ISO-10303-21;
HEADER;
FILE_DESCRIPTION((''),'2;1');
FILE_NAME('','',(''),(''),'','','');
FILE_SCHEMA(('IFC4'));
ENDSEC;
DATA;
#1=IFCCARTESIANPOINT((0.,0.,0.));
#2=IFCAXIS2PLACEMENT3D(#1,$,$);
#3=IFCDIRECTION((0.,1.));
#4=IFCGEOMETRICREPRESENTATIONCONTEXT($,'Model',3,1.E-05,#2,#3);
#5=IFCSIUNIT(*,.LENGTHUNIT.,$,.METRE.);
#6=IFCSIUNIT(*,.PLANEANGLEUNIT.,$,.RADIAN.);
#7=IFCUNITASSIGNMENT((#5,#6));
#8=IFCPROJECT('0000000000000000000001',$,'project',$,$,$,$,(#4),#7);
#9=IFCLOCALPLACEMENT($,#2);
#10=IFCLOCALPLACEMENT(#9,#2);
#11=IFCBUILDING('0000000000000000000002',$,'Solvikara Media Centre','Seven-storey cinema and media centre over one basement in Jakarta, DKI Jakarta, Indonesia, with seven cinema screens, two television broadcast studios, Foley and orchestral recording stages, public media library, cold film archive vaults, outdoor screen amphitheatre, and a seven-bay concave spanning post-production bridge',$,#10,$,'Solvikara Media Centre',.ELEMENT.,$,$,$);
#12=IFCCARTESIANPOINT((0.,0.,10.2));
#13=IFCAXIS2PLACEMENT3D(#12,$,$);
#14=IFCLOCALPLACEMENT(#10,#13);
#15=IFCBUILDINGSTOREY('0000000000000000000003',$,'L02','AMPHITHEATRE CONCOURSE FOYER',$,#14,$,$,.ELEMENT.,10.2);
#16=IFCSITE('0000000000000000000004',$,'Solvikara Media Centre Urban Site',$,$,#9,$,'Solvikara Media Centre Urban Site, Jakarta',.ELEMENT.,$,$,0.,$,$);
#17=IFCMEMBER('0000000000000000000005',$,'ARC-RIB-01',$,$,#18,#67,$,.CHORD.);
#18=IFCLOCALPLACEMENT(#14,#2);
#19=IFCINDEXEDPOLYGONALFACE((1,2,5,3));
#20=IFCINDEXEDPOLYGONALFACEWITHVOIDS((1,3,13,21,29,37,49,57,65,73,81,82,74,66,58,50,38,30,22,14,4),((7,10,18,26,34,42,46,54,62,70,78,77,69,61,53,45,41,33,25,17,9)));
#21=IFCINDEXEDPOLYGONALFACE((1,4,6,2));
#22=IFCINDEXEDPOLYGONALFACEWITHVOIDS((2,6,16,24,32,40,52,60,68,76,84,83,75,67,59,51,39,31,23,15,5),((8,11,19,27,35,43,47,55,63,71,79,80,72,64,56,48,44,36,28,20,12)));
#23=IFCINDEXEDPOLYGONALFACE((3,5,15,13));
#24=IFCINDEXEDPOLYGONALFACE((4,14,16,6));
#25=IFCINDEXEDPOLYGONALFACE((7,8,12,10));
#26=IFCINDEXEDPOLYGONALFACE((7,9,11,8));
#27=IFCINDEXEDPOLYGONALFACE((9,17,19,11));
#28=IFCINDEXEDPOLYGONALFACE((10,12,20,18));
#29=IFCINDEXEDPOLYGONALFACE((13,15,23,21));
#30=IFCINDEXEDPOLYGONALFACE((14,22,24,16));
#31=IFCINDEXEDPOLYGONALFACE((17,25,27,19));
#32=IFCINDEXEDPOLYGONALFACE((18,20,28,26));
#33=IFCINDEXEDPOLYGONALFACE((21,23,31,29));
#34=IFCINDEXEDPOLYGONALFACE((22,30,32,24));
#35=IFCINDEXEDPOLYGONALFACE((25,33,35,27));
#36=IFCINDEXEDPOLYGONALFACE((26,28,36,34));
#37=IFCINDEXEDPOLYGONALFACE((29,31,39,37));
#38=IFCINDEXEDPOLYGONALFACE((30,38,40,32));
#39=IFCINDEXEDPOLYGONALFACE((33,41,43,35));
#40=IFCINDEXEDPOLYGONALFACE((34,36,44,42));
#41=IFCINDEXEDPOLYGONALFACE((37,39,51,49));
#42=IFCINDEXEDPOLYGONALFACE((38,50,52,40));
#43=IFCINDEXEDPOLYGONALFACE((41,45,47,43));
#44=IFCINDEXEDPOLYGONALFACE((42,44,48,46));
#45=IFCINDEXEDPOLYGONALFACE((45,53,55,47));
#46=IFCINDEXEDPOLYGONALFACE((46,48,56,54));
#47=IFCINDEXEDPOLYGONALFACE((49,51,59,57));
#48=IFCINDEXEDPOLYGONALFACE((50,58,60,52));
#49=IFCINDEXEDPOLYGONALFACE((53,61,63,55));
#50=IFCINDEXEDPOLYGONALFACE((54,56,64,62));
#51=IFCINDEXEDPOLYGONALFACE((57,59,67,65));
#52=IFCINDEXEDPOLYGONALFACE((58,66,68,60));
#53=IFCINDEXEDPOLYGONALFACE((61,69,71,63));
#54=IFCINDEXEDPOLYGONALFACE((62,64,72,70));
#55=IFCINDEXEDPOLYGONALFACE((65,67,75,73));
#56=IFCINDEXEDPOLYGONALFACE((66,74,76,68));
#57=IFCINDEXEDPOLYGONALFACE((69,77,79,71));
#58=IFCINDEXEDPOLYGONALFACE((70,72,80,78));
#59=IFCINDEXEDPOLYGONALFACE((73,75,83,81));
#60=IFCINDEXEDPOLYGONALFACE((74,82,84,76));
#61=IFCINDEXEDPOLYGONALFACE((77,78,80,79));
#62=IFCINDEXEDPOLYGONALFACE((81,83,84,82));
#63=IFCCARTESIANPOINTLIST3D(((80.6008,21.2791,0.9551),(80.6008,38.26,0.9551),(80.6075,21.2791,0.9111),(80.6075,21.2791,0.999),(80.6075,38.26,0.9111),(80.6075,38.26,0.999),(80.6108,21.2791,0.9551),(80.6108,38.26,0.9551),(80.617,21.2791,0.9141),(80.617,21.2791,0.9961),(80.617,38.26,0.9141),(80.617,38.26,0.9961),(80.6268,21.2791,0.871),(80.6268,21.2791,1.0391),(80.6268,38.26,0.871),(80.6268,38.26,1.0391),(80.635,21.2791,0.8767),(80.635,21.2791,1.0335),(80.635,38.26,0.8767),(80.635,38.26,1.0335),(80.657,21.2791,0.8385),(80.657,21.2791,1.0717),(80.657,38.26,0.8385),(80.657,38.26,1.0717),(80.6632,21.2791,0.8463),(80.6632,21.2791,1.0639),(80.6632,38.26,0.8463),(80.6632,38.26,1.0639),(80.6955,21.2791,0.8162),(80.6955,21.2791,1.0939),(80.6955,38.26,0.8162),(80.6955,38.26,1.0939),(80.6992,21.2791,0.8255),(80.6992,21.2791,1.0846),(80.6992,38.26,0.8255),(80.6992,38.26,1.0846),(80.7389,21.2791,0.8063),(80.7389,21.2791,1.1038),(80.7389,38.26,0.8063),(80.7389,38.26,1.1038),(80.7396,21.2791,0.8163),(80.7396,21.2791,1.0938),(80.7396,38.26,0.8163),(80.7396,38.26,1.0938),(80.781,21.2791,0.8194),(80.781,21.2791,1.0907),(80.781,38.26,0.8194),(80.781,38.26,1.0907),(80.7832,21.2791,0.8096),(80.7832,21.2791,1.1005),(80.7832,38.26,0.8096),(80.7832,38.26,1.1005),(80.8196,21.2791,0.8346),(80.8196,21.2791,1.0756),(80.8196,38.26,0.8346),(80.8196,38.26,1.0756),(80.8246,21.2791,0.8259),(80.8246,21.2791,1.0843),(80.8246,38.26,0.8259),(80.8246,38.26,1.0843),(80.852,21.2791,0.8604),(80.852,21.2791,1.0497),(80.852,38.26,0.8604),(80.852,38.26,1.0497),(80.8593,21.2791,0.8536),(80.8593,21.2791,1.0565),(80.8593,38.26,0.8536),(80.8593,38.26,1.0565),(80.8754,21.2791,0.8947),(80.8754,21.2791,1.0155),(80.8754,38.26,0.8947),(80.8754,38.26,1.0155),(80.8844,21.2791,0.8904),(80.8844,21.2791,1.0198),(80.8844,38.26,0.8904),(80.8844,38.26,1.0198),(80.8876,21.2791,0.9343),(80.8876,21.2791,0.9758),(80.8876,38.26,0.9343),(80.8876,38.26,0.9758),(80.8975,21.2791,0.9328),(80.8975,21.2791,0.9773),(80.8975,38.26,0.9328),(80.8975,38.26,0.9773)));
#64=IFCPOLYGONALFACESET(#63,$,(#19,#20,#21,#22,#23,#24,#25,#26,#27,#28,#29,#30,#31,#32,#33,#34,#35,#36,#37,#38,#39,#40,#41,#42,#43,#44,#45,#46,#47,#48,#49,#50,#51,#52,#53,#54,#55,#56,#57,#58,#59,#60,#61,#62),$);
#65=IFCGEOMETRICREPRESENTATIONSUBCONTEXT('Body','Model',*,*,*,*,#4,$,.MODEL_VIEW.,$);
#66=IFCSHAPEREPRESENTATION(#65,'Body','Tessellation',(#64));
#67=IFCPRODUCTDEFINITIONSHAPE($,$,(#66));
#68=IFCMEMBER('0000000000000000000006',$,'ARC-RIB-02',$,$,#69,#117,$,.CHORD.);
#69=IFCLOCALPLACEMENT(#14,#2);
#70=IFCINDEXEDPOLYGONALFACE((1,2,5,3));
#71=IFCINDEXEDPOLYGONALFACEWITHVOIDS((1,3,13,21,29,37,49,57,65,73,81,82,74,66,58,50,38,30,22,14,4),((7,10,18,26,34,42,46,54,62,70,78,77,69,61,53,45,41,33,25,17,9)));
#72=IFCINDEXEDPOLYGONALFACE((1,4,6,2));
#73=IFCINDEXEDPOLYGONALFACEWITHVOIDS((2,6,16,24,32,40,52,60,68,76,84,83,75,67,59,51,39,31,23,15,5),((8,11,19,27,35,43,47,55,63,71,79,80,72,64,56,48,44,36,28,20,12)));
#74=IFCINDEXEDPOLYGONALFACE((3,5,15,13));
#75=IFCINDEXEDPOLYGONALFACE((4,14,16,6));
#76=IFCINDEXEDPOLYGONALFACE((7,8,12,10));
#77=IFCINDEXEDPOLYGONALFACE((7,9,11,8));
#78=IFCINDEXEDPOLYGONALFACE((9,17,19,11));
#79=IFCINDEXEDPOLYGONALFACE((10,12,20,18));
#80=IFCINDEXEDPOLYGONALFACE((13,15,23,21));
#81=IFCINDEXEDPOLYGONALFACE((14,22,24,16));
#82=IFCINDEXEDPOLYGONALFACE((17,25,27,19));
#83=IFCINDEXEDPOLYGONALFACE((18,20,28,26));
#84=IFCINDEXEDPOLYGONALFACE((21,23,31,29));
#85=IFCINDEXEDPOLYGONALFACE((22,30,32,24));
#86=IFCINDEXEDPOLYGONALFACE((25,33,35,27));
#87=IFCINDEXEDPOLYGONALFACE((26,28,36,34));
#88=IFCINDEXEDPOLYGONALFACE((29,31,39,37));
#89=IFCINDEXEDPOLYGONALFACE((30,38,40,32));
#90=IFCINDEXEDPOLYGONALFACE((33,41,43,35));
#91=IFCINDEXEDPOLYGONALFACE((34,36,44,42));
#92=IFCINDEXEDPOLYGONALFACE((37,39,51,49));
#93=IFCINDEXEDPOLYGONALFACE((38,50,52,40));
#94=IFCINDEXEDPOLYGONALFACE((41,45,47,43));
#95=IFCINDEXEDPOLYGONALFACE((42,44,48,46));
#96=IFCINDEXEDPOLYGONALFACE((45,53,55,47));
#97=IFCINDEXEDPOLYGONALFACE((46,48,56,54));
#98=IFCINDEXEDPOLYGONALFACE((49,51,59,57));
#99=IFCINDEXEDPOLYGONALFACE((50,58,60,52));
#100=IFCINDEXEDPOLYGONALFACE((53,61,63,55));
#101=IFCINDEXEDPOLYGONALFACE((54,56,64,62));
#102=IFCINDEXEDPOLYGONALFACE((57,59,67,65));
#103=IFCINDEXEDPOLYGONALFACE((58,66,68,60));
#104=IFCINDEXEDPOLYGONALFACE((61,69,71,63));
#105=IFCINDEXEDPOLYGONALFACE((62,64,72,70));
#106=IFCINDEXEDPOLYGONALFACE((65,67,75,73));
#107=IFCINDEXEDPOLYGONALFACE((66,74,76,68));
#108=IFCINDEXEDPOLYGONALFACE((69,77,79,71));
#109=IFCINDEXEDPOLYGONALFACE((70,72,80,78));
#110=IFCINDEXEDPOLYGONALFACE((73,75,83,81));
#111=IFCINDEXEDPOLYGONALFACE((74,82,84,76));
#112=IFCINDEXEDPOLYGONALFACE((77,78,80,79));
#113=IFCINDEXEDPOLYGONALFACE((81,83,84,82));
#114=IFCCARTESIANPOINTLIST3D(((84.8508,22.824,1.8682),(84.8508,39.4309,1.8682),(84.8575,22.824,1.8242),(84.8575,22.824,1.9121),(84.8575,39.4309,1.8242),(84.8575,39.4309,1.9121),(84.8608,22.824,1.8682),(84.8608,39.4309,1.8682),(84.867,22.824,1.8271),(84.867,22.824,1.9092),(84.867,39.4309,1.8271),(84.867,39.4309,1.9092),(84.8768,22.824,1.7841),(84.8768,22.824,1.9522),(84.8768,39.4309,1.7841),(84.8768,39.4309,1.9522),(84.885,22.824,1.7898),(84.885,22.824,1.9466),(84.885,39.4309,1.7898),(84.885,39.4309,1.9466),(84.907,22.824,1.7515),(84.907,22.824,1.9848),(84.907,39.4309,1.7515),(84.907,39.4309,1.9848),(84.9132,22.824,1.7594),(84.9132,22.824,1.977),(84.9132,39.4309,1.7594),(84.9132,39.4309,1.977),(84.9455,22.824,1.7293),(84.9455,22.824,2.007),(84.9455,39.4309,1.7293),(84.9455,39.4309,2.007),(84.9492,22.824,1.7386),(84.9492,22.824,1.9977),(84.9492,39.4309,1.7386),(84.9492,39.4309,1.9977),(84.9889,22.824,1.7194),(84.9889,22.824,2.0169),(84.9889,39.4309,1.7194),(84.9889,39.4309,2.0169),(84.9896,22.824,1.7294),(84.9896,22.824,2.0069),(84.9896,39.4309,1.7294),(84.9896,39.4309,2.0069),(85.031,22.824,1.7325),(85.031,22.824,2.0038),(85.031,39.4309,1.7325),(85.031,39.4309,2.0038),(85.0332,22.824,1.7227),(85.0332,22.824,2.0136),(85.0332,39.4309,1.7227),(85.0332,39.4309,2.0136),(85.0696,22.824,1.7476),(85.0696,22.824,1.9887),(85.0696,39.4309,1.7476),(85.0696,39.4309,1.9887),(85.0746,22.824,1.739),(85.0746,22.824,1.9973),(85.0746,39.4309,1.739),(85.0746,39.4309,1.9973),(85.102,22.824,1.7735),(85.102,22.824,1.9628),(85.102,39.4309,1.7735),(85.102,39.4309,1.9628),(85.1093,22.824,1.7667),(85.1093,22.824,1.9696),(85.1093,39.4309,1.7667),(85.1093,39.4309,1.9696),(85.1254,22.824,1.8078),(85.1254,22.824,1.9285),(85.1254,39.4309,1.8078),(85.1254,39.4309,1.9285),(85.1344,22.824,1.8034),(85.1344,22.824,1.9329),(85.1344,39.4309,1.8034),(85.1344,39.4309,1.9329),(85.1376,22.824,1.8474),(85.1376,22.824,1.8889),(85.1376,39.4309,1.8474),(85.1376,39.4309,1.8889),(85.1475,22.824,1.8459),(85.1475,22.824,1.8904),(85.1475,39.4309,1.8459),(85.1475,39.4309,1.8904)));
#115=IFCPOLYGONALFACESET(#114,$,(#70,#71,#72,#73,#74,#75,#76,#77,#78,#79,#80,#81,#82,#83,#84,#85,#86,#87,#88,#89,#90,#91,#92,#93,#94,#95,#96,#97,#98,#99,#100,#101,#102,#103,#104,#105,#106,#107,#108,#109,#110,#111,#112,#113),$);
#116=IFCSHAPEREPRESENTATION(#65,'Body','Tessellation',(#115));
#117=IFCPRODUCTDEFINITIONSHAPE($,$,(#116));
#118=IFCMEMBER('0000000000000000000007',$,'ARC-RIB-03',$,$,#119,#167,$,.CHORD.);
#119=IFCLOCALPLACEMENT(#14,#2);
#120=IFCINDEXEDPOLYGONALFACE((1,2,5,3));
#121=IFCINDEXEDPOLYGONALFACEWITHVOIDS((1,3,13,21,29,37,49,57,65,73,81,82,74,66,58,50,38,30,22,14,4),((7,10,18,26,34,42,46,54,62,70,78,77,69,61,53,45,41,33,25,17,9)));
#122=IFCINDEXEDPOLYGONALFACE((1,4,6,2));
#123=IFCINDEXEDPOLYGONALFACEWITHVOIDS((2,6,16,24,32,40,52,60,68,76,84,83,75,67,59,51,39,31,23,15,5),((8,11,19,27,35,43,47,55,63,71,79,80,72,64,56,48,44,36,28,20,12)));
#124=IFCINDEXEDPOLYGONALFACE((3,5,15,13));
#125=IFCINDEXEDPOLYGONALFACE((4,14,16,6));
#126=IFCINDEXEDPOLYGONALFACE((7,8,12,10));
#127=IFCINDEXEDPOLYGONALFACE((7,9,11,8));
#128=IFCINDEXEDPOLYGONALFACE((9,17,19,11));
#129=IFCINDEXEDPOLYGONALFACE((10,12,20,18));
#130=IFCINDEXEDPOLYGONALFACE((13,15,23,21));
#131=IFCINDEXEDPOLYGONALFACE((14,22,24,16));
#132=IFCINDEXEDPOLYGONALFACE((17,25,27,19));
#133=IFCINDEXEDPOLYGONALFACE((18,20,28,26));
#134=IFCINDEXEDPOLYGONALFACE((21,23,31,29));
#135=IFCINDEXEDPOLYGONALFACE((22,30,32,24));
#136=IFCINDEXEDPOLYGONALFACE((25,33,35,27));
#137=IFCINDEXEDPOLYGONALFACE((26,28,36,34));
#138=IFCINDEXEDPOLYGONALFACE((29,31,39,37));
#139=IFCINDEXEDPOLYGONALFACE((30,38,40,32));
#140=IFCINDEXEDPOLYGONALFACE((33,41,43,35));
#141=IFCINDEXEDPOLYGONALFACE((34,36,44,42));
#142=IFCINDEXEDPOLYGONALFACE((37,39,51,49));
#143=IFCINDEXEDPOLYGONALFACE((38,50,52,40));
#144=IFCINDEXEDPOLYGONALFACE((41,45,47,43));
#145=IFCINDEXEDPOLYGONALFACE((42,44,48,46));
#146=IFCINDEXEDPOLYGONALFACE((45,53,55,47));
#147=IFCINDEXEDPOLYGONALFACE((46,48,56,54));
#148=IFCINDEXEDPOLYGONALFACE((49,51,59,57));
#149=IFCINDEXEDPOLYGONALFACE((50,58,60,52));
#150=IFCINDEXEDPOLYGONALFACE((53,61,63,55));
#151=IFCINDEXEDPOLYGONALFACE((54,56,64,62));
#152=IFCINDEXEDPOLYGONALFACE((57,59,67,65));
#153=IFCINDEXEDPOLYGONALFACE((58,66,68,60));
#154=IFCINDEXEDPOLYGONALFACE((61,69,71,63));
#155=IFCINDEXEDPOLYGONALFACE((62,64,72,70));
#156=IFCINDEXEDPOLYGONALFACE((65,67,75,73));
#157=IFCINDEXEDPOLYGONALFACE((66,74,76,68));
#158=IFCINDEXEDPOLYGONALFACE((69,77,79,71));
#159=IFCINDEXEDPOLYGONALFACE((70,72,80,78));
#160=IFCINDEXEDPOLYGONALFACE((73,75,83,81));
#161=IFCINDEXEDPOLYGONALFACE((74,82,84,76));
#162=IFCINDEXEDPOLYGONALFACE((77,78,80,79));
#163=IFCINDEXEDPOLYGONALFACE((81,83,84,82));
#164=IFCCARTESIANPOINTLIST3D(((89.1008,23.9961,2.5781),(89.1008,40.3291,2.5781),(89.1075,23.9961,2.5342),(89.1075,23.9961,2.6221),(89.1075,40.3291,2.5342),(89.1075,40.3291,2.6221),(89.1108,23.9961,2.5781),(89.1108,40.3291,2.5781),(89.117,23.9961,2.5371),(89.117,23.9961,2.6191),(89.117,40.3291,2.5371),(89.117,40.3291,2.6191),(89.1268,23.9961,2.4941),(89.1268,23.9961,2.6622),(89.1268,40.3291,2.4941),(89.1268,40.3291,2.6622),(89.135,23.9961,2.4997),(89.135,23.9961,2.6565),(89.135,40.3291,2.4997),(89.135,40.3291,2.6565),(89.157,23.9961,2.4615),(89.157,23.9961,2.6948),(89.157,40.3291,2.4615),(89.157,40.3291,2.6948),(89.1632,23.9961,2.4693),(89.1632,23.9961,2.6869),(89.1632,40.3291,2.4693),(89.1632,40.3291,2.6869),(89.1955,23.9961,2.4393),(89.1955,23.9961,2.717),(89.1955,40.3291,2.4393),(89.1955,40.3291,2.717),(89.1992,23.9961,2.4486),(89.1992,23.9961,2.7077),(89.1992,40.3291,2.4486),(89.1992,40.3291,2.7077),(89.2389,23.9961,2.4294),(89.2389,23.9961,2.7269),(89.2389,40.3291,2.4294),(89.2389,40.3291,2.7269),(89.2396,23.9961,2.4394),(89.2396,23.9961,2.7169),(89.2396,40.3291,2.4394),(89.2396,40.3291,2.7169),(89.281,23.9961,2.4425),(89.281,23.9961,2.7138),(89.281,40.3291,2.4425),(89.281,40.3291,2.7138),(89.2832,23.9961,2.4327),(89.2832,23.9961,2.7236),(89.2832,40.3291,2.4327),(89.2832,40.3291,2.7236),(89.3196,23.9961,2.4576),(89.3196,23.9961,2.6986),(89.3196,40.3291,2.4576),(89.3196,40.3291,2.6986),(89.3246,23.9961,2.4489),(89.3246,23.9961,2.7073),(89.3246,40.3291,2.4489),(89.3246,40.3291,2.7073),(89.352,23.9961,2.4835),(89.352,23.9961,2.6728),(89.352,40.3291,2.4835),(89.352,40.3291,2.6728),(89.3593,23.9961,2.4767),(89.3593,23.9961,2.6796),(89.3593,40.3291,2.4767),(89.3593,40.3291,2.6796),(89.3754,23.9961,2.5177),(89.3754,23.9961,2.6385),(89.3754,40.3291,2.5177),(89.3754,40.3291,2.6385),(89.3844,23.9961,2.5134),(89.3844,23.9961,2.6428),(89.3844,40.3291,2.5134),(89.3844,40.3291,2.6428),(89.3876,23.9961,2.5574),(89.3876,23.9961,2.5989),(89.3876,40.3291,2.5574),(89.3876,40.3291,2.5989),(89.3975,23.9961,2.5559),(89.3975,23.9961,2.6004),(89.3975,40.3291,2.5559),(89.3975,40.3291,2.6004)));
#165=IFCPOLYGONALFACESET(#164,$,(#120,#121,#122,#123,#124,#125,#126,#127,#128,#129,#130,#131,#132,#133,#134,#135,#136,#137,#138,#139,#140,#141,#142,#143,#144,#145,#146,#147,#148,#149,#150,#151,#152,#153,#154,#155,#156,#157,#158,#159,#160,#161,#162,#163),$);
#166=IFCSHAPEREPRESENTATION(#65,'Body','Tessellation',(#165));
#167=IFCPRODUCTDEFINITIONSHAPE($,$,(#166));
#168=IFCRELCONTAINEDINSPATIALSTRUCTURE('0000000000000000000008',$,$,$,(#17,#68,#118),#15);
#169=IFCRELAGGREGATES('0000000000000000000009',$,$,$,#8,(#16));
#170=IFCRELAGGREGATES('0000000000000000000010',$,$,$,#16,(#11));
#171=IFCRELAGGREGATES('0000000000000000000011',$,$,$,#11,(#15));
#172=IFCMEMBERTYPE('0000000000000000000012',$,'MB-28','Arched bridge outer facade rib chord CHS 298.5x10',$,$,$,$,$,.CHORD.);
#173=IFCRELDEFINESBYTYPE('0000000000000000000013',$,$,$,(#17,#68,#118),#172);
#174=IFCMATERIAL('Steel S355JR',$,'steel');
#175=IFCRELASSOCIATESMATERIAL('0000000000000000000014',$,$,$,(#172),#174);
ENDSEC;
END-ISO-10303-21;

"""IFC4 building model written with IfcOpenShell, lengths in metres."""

from ifc_helpers import new_model, si_unit, direction, frame, origin, origin_2d, place, context, subcontext, project, spatial, hollow_circle, extrude, material, material_profile, profile_set, type_object, element, save


model = new_model("IFC4")

# Units and contexts
model_context = context("Model", 3, precision=1e-05, world=origin(), true_north=direction((0.0, 1.0)))
body_context = subcontext(model_context, "Body", "Model", "MODEL_VIEW")
ifc_project = project(units=[si_unit("LENGTHUNIT", "METRE"), si_unit("PLANEANGLEUNIT", "RADIAN")], contexts=[model_context])

# Site, building, storey
site_placement = place(None, origin())
site = spatial("IfcSite", under=ifc_project, at=site_placement, Name="Solvikara Media Centre Urban Site", LongName="Solvikara Media Centre Urban Site, Jakarta", CompositionType="ELEMENT", RefElevation=0.0)
building_placement = place(site_placement, origin())
building = spatial("IfcBuilding", under=site, at=building_placement, Name="Solvikara Media Centre", Description="Seven-storey cinema and media centre over one basement in Jakarta, DKI Jakarta, Indonesia, with seven cinema screens, two television broadcast studios, Foley and orchestral recording stages, public media library, cold film archive vaults, outdoor screen amphitheatre, and a seven-bay concave spanning post-production bridge", LongName="Solvikara Media Centre", CompositionType="ELEMENT")
storey_placement = place(building_placement, frame((0.0, 0.0, 10.2)))
storey = spatial("IfcBuildingStorey", under=building, at=storey_placement, Name="L02", Description="AMPHITHEATRE CONCOURSE FOYER", CompositionType="ELEMENT", Elevation=10.2)

# Members
ifc_material_1 = material(Name="Steel S355JR", Category="steel")
ifc_material_profile_1 = material_profile(ifc_material_1, hollow_circle(Radius=0.1492, WallThickness=0.01, at=origin_2d()), Name="CHS 298.5x10")
ifc_profile_set_1 = profile_set([ifc_material_profile_1], Name="Steel S355JR")
member_type_1 = type_object("IfcMemberType", Name="MB-28", Description="Arched bridge outer facade rib chord CHS 298.5x10", PredefinedType="CHORD", material=ifc_profile_set_1)
member_1_placement = place(storey_placement, frame((80.75, 21.2791, 0.9551), z_axis=(0.0, 1.0, 0.0), x_axis=(-1.0, 0.0, 0.0)))
element("IfcMember", 1, at=member_1_placement, inside=storey, type_object=member_type_1, Name="ARC-RIB-01", PredefinedType="CHORD", context=body_context, shape_type="SweptSolid", body=[
    extrude(hollow_circle(Radius=0.1492, WallThickness=0.01, at=origin_2d()), origin(), (0.0, 0.0, 1.0), 16.981),
])
member_2_placement = place(storey_placement, frame((85.0, 22.824, 1.8682), z_axis=(0.0, 1.0, 0.0), x_axis=(-1.0, 0.0, 0.0)))
element("IfcMember", 2, at=member_2_placement, inside=storey, type_object=member_type_1, Name="ARC-RIB-02", PredefinedType="CHORD", context=body_context, shape_type="SweptSolid", body=[
    extrude(hollow_circle(Radius=0.1492, WallThickness=0.01, at=origin_2d()), origin(), (0.0, 0.0, 1.0), 16.6069),
])
for number, where, z_axis, x_axis, name in (
    (3, (89.25, 23.9961, 2.5781), (0.0, 1.0, 0.0), (-1.0, 0.0, 0.0), "ARC-RIB-03"),
):
    element("IfcMember", number, at=place(storey_placement, frame(where, z_axis=z_axis, x_axis=x_axis)), inside=storey, type_object=member_type_1, Name=name, PredefinedType="CHORD", context=body_context, shape_type="SweptSolid", body=[
        extrude(hollow_circle(Radius=0.1492, WallThickness=0.01, at=origin_2d()), origin(), (0.0, 0.0, 1.0), 16.333),
    ])

save(model, "model.ifc")
